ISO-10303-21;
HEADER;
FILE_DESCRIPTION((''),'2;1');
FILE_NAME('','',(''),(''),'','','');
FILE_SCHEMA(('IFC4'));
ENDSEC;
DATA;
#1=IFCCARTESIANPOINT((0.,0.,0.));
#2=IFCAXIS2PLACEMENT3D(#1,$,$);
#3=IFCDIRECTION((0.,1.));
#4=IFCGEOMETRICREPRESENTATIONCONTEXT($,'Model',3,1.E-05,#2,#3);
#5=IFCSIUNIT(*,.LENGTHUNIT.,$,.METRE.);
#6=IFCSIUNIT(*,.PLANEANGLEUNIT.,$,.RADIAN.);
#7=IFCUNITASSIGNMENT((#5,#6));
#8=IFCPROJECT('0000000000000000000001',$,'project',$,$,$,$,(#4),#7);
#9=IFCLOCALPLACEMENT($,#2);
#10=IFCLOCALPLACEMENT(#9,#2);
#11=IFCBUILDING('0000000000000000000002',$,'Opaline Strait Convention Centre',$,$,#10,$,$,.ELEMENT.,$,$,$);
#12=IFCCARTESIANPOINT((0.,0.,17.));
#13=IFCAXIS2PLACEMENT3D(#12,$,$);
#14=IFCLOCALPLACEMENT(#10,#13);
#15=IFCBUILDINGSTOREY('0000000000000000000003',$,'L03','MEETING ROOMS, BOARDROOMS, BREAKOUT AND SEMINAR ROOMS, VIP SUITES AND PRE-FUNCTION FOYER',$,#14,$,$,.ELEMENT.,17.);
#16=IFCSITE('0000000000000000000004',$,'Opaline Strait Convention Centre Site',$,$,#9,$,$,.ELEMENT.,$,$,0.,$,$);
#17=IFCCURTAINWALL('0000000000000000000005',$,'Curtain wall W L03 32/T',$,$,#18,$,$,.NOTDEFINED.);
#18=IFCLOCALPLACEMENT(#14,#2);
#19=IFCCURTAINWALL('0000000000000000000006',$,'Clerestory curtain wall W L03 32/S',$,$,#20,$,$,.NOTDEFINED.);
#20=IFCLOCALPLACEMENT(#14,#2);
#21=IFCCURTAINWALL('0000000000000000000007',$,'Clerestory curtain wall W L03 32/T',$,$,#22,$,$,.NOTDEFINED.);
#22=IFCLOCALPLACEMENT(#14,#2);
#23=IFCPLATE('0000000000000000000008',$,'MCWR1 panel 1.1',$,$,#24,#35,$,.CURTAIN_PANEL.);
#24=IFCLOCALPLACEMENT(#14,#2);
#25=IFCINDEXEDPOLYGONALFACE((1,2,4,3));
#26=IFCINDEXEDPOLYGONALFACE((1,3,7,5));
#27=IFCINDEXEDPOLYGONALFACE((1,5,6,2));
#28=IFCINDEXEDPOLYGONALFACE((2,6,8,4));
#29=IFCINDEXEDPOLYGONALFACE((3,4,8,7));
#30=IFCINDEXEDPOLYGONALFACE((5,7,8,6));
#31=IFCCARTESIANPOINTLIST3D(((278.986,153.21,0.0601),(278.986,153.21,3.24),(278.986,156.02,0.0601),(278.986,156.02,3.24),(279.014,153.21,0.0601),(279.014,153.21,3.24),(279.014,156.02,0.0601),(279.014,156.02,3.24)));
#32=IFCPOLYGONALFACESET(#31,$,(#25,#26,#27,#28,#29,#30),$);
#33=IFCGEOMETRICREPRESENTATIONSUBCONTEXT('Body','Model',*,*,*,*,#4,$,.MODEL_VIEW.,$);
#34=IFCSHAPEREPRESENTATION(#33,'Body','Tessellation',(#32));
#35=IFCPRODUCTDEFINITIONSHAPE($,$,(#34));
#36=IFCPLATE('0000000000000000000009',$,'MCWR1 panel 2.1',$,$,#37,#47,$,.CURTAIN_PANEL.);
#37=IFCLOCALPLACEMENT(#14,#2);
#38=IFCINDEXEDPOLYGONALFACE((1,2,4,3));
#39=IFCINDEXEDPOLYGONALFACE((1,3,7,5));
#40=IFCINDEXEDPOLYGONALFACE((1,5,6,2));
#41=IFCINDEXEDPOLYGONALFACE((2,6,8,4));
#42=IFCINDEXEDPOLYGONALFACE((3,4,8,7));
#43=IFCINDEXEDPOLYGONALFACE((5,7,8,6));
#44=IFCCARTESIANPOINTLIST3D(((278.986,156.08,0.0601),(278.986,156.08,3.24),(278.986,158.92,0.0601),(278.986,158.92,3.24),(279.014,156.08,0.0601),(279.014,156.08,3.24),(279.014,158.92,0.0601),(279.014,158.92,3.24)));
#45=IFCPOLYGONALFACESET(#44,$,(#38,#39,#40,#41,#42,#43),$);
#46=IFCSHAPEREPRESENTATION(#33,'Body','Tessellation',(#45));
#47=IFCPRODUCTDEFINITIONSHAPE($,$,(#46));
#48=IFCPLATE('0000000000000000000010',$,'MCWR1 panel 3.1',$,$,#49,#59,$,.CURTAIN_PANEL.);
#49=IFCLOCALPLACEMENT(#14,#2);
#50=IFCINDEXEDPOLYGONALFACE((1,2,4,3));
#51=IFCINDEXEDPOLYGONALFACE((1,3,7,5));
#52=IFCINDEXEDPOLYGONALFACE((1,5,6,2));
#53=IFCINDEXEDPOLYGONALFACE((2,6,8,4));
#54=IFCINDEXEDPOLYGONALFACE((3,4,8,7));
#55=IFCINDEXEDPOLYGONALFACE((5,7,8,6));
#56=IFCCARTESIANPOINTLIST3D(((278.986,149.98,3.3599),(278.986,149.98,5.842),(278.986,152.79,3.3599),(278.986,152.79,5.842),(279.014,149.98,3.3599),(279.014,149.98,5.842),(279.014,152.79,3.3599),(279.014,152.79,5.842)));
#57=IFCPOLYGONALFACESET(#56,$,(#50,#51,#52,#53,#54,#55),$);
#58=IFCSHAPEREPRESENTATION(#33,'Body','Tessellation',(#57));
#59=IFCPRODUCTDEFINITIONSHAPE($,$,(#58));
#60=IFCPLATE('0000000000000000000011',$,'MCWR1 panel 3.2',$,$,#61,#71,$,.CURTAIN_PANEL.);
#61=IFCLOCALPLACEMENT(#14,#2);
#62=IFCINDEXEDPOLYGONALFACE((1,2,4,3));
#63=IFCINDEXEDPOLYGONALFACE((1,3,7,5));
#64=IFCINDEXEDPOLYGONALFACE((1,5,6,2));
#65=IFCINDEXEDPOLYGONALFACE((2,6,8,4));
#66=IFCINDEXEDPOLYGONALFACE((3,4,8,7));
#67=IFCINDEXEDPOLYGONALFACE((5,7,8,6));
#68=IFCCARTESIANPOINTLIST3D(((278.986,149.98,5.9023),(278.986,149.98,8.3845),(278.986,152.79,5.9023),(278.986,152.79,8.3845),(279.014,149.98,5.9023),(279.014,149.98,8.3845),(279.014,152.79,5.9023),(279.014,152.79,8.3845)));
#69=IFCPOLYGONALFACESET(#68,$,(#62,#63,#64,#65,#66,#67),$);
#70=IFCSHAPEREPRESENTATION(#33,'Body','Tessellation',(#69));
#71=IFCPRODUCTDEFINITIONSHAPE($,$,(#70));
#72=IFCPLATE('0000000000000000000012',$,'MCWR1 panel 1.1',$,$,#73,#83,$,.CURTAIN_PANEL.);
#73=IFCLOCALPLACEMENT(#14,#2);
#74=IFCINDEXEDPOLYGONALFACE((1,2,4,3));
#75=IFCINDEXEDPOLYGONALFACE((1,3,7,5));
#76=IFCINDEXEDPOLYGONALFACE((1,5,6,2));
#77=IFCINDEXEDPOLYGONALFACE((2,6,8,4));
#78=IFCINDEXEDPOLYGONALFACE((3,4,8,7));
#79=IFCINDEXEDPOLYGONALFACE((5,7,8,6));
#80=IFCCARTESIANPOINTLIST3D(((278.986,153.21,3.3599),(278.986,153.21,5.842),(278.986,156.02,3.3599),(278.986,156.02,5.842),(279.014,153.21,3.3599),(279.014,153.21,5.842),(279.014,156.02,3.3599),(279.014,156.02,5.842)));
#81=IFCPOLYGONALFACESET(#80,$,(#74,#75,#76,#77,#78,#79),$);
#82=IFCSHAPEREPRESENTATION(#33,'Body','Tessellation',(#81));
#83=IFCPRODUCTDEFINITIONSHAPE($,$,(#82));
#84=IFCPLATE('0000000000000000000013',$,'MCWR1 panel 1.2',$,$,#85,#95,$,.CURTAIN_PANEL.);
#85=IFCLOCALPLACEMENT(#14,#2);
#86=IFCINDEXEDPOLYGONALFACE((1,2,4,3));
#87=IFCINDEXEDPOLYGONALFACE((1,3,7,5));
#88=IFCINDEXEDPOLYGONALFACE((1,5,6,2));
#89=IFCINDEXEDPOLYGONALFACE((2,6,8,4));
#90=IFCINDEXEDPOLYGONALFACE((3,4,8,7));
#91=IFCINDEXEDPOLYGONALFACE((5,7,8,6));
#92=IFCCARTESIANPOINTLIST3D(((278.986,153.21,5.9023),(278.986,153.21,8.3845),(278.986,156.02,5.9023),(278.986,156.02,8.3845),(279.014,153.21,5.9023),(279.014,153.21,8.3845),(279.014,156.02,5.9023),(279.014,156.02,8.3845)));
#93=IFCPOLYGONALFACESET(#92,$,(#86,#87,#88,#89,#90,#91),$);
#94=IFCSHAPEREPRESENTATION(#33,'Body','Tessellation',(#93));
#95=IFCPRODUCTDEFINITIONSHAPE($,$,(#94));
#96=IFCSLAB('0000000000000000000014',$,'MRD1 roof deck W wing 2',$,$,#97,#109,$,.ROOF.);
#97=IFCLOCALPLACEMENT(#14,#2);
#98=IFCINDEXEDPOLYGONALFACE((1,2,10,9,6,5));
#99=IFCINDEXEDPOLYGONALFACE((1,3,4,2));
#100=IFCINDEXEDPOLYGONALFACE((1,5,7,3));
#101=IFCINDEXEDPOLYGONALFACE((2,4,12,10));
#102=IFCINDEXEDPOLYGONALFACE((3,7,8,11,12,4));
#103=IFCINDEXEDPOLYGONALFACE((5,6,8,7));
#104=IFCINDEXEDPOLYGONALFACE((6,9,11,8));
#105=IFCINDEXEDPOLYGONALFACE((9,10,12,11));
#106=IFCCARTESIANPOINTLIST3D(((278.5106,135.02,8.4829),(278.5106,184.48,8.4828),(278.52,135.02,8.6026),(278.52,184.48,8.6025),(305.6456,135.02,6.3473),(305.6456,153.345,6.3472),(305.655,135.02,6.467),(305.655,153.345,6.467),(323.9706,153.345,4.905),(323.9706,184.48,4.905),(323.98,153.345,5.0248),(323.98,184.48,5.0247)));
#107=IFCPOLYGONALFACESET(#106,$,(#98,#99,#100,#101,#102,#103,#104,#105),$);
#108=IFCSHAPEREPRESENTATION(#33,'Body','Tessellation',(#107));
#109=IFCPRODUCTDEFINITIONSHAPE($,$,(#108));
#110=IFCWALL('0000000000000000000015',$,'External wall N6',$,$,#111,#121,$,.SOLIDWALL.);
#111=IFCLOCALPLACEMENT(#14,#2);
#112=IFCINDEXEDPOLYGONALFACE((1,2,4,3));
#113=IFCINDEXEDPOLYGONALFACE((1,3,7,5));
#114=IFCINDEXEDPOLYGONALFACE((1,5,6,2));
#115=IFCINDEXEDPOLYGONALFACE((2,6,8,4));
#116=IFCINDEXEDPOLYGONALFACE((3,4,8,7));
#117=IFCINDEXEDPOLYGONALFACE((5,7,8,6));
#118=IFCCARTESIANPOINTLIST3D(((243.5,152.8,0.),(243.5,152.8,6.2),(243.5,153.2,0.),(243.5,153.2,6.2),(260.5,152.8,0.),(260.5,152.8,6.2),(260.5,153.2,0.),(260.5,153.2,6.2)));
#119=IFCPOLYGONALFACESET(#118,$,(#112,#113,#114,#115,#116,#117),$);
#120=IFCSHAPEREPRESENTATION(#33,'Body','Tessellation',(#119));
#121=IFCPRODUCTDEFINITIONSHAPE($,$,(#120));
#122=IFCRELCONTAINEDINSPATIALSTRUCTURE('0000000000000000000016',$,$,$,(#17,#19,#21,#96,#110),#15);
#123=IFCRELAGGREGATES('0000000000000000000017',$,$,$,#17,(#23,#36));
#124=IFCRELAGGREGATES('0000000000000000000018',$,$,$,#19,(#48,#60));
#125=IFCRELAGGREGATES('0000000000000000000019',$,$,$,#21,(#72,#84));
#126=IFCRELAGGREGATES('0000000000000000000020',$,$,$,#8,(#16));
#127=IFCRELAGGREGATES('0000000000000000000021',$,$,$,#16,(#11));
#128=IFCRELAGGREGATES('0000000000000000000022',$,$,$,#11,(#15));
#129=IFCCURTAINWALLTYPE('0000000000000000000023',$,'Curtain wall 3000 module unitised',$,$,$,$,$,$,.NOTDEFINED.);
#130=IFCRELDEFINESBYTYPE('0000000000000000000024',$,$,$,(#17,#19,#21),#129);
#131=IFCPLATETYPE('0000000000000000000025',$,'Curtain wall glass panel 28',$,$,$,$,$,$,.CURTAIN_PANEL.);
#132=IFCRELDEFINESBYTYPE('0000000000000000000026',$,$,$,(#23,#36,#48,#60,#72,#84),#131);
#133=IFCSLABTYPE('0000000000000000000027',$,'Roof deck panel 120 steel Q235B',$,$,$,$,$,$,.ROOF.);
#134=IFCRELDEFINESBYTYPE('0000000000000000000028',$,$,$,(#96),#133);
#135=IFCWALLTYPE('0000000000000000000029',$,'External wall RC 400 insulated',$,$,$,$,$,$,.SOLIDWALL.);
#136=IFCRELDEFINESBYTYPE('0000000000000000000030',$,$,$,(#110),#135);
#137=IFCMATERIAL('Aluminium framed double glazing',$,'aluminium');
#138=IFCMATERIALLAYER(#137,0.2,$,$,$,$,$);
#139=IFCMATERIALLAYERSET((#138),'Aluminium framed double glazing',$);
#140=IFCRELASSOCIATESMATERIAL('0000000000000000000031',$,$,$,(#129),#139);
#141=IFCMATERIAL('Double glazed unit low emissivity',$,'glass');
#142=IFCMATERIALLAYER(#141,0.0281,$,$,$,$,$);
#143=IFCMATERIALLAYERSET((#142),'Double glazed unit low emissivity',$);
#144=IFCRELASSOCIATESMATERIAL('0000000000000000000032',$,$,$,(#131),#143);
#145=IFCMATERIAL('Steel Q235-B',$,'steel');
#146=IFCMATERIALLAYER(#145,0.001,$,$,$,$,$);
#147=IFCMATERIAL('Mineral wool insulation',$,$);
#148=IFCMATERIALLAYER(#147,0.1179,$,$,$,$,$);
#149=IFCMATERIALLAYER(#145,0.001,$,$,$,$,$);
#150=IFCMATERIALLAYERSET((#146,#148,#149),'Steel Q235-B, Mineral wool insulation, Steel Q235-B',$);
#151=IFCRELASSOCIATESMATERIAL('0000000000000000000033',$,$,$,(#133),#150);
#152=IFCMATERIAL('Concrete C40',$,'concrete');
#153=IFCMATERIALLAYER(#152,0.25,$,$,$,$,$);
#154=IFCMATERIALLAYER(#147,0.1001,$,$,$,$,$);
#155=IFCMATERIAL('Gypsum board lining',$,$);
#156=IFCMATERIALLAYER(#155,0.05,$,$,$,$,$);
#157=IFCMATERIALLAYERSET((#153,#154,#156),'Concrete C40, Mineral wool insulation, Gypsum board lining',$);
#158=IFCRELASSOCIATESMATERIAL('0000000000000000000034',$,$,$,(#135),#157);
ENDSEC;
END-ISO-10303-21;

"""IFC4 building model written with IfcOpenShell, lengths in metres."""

from ifc_helpers import new_model, si_unit, direction, frame, frame_2d, origin, origin_2d, place, context, subcontext, project, spatial, polyline, rectangle, outline, extrude, material, layer, layer_set, type_object, element, aggregate, save


model = new_model("IFC4")

# Units and contexts
model_context = context("Model", 3, precision=1e-05, world=origin(), true_north=direction((0.0, 1.0)))
body_context = subcontext(model_context, "Body", "Model", "MODEL_VIEW")
ifc_project = project(units=[si_unit("LENGTHUNIT", "METRE"), si_unit("PLANEANGLEUNIT", "RADIAN")], contexts=[model_context])

# Site, building, storey
site_placement = place(None, origin())
site = spatial("IfcSite", under=ifc_project, at=site_placement, Name="Opaline Strait Convention Centre Site", CompositionType="ELEMENT", RefElevation=0.0)
building_placement = place(site_placement, origin())
building = spatial("IfcBuilding", under=site, at=building_placement, Name="Opaline Strait Convention Centre", CompositionType="ELEMENT")
storey_placement = place(building_placement, frame((0.0, 0.0, 17.0)))
storey = spatial("IfcBuildingStorey", under=building, at=storey_placement, Name="L03", Description="MEETING ROOMS, BOARDROOMS, BREAKOUT AND SEMINAR ROOMS, VIP SUITES AND PRE-FUNCTION FOYER", CompositionType="ELEMENT", Elevation=17.0)

# Shared definitions
ifc_material_1 = material(Name="Aluminium framed double glazing", Category="aluminium")
ifc_layer_1 = layer(ifc_material_1, 0.2)
ifc_layer_set_1 = layer_set([ifc_layer_1], Name="Aluminium framed double glazing")
curtain_wall_type = type_object("IfcCurtainWallType", Name="Curtain wall 3000 module unitised", PredefinedType="NOTDEFINED", material=ifc_layer_set_1)

# Curtain wall
curtain_wall_1_placement = place(storey_placement, origin())
curtain_wall_1 = element("IfcCurtainWall", 1, at=curtain_wall_1_placement, inside=storey, type_object=curtain_wall_type, Name="Curtain wall W L03 32/T", PredefinedType="NOTDEFINED")

# Curtain wall
curtain_wall_2_placement = place(storey_placement, origin())
curtain_wall_2 = element("IfcCurtainWall", 2, at=curtain_wall_2_placement, inside=storey, type_object=curtain_wall_type, Name="Clerestory curtain wall W L03 32/S", PredefinedType="NOTDEFINED")

# Curtain wall
curtain_wall_3_placement = place(storey_placement, origin())
curtain_wall_3 = element("IfcCurtainWall", 3, at=curtain_wall_3_placement, inside=storey, type_object=curtain_wall_type, Name="Clerestory curtain wall W L03 32/T", PredefinedType="NOTDEFINED")

# Plates
ifc_material_2 = material(Name="Double glazed unit low emissivity", Category="glass")
ifc_layer_2 = layer(ifc_material_2, 0.0281)
ifc_layer_set_2 = layer_set([ifc_layer_2], Name="Double glazed unit low emissivity")
plate_type = type_object("IfcPlateType", Name="Curtain wall glass panel 28", PredefinedType="CURTAIN_PANEL", material=ifc_layer_set_2)
plate_1_placement = place(storey_placement, frame((279.0, 154.615, 0.0601), z_axis=(0.0, 0.0, 1.0), x_axis=(0.0, 1.0, 0.0)))
plate_1 = element("IfcPlate", 4, at=plate_1_placement, type_object=plate_type, Name="MCWR1 panel 1.1", PredefinedType="CURTAIN_PANEL", context=body_context, shape_type="SweptSolid", body=[
    extrude(rectangle(XDim=2.8101, YDim=0.0281, at=origin_2d()), origin(), (0.0, 0.0, 1.0), 3.1799),
])
plate_2_placement = place(storey_placement, frame((279.0, 157.5, 0.0601), z_axis=(0.0, 0.0, 1.0), x_axis=(0.0, 1.0, 0.0)))
plate_2 = element("IfcPlate", 5, at=plate_2_placement, type_object=plate_type, Name="MCWR1 panel 2.1", PredefinedType="CURTAIN_PANEL", context=body_context, shape_type="SweptSolid", body=[
    extrude(rectangle(XDim=2.8401, YDim=0.0281, at=origin_2d()), origin(), (0.0, 0.0, 1.0), 3.1799),
])
aggregate(curtain_wall_1, [plate_1, plate_2])
plate_3_placement = place(storey_placement, frame((279.0, 151.385, 3.3599), z_axis=(0.0, 0.0, 1.0), x_axis=(0.0, 1.0, 0.0)))
plate_3 = element("IfcPlate", 6, at=plate_3_placement, type_object=plate_type, Name="MCWR1 panel 3.1", PredefinedType="CURTAIN_PANEL", context=body_context, shape_type="SweptSolid", body=[
    extrude(rectangle(XDim=2.8101, YDim=0.0281, at=origin_2d()), origin(), (0.0, 0.0, 1.0), 2.4822),
])
plate_4_placement = place(storey_placement, frame((279.0, 151.385, 5.9023), z_axis=(0.0, 0.0, 1.0), x_axis=(0.0, 1.0, 0.0)))
plate_4 = element("IfcPlate", 7, at=plate_4_placement, type_object=plate_type, Name="MCWR1 panel 3.2", PredefinedType="CURTAIN_PANEL", context=body_context, shape_type="SweptSolid", body=[
    extrude(rectangle(XDim=2.8101, YDim=0.0281, at=origin_2d()), origin(), (0.0, 0.0, 1.0), 2.4822),
])
aggregate(curtain_wall_2, [plate_3, plate_4])
plate_5_placement = place(storey_placement, frame((279.0, 154.615, 3.3599), z_axis=(0.0, 0.0, 1.0), x_axis=(0.0, 1.0, 0.0)))
plate_5 = element("IfcPlate", 8, at=plate_5_placement, type_object=plate_type, Name="MCWR1 panel 1.1", PredefinedType="CURTAIN_PANEL", context=body_context, shape_type="SweptSolid", body=[
    extrude(rectangle(XDim=2.8101, YDim=0.0281, at=origin_2d()), origin(), (0.0, 0.0, 1.0), 2.4822),
])
plate_6_placement = place(storey_placement, frame((279.0, 154.615, 5.9023), z_axis=(0.0, 0.0, 1.0), x_axis=(0.0, 1.0, 0.0)))
plate_6 = element("IfcPlate", 9, at=plate_6_placement, type_object=plate_type, Name="MCWR1 panel 1.2", PredefinedType="CURTAIN_PANEL", context=body_context, shape_type="SweptSolid", body=[
    extrude(rectangle(XDim=2.8101, YDim=0.0281, at=origin_2d()), origin(), (0.0, 0.0, 1.0), 2.4822),
])
aggregate(curtain_wall_3, [plate_5, plate_6])

# Slab
ifc_material_3 = material(Name="Steel Q235-B", Category="steel")
ifc_layer_3 = layer(ifc_material_3, 0.001)
ifc_material_4 = material(Name="Mineral wool insulation")
ifc_layer_4 = layer(ifc_material_4, 0.1179)
ifc_layer_5 = layer(ifc_material_3, 0.001)
ifc_layer_set_3 = layer_set([ifc_layer_3, ifc_layer_4, ifc_layer_5], Name="Steel Q235-B, Mineral wool insulation, Steel Q235-B")
slab_type = type_object("IfcSlabType", Name="Roof deck panel 120 steel Q235B", PredefinedType="ROOF", material=ifc_layer_set_3)
slab_placement = place(storey_placement, frame((278.52, 184.48, 8.6025), z_axis=(0.07846, 0.000002, 0.996917), x_axis=(0.996917, 0.0, -0.07846)))
element("IfcSlab", 10, at=slab_placement, inside=storey, type_object=slab_type, Name="MRD1 roof deck W wing 2", PredefinedType="ROOF", context=body_context, shape_type="SweptSolid", body=[
    extrude(outline(polyline([(0.0, 0.0), (45.6005, 0.0), (45.6005, -31.135), (27.2189, -31.135), (27.2189, -49.46), (0.0, -49.46), (0.0, 0.0)])), origin(), (0.0, 0.0, -1.0), 0.1201),
])

# Wall
ifc_material_5 = material(Name="Concrete C40", Category="concrete")
ifc_layer_6 = layer(ifc_material_5, 0.25)
ifc_layer_7 = layer(ifc_material_4, 0.1001)
ifc_material_6 = material(Name="Gypsum board lining")
ifc_layer_8 = layer(ifc_material_6, 0.05)
ifc_layer_set_4 = layer_set([ifc_layer_6, ifc_layer_7, ifc_layer_8], Name="Concrete C40, Mineral wool insulation, Gypsum board lining")
wall_type = type_object("IfcWallType", Name="External wall RC 400 insulated", PredefinedType="SOLIDWALL", material=ifc_layer_set_4)
wall_placement = place(storey_placement, frame((243.5, 153.0, 0.0), z_axis=(0.0, 0.0, 1.0), x_axis=(1.0, 0.0, 0.0)))
element("IfcWall", 11, at=wall_placement, inside=storey, type_object=wall_type, Name="External wall N6", PredefinedType="SOLIDWALL", context=body_context, shape_type="SweptSolid", body=[
    extrude(rectangle(XDim=17.0, YDim=0.3999, at=frame_2d((8.5, 0.0))), origin(), (0.0, 0.0, 1.0), 6.2),
])

save(model, "model.ifc")
